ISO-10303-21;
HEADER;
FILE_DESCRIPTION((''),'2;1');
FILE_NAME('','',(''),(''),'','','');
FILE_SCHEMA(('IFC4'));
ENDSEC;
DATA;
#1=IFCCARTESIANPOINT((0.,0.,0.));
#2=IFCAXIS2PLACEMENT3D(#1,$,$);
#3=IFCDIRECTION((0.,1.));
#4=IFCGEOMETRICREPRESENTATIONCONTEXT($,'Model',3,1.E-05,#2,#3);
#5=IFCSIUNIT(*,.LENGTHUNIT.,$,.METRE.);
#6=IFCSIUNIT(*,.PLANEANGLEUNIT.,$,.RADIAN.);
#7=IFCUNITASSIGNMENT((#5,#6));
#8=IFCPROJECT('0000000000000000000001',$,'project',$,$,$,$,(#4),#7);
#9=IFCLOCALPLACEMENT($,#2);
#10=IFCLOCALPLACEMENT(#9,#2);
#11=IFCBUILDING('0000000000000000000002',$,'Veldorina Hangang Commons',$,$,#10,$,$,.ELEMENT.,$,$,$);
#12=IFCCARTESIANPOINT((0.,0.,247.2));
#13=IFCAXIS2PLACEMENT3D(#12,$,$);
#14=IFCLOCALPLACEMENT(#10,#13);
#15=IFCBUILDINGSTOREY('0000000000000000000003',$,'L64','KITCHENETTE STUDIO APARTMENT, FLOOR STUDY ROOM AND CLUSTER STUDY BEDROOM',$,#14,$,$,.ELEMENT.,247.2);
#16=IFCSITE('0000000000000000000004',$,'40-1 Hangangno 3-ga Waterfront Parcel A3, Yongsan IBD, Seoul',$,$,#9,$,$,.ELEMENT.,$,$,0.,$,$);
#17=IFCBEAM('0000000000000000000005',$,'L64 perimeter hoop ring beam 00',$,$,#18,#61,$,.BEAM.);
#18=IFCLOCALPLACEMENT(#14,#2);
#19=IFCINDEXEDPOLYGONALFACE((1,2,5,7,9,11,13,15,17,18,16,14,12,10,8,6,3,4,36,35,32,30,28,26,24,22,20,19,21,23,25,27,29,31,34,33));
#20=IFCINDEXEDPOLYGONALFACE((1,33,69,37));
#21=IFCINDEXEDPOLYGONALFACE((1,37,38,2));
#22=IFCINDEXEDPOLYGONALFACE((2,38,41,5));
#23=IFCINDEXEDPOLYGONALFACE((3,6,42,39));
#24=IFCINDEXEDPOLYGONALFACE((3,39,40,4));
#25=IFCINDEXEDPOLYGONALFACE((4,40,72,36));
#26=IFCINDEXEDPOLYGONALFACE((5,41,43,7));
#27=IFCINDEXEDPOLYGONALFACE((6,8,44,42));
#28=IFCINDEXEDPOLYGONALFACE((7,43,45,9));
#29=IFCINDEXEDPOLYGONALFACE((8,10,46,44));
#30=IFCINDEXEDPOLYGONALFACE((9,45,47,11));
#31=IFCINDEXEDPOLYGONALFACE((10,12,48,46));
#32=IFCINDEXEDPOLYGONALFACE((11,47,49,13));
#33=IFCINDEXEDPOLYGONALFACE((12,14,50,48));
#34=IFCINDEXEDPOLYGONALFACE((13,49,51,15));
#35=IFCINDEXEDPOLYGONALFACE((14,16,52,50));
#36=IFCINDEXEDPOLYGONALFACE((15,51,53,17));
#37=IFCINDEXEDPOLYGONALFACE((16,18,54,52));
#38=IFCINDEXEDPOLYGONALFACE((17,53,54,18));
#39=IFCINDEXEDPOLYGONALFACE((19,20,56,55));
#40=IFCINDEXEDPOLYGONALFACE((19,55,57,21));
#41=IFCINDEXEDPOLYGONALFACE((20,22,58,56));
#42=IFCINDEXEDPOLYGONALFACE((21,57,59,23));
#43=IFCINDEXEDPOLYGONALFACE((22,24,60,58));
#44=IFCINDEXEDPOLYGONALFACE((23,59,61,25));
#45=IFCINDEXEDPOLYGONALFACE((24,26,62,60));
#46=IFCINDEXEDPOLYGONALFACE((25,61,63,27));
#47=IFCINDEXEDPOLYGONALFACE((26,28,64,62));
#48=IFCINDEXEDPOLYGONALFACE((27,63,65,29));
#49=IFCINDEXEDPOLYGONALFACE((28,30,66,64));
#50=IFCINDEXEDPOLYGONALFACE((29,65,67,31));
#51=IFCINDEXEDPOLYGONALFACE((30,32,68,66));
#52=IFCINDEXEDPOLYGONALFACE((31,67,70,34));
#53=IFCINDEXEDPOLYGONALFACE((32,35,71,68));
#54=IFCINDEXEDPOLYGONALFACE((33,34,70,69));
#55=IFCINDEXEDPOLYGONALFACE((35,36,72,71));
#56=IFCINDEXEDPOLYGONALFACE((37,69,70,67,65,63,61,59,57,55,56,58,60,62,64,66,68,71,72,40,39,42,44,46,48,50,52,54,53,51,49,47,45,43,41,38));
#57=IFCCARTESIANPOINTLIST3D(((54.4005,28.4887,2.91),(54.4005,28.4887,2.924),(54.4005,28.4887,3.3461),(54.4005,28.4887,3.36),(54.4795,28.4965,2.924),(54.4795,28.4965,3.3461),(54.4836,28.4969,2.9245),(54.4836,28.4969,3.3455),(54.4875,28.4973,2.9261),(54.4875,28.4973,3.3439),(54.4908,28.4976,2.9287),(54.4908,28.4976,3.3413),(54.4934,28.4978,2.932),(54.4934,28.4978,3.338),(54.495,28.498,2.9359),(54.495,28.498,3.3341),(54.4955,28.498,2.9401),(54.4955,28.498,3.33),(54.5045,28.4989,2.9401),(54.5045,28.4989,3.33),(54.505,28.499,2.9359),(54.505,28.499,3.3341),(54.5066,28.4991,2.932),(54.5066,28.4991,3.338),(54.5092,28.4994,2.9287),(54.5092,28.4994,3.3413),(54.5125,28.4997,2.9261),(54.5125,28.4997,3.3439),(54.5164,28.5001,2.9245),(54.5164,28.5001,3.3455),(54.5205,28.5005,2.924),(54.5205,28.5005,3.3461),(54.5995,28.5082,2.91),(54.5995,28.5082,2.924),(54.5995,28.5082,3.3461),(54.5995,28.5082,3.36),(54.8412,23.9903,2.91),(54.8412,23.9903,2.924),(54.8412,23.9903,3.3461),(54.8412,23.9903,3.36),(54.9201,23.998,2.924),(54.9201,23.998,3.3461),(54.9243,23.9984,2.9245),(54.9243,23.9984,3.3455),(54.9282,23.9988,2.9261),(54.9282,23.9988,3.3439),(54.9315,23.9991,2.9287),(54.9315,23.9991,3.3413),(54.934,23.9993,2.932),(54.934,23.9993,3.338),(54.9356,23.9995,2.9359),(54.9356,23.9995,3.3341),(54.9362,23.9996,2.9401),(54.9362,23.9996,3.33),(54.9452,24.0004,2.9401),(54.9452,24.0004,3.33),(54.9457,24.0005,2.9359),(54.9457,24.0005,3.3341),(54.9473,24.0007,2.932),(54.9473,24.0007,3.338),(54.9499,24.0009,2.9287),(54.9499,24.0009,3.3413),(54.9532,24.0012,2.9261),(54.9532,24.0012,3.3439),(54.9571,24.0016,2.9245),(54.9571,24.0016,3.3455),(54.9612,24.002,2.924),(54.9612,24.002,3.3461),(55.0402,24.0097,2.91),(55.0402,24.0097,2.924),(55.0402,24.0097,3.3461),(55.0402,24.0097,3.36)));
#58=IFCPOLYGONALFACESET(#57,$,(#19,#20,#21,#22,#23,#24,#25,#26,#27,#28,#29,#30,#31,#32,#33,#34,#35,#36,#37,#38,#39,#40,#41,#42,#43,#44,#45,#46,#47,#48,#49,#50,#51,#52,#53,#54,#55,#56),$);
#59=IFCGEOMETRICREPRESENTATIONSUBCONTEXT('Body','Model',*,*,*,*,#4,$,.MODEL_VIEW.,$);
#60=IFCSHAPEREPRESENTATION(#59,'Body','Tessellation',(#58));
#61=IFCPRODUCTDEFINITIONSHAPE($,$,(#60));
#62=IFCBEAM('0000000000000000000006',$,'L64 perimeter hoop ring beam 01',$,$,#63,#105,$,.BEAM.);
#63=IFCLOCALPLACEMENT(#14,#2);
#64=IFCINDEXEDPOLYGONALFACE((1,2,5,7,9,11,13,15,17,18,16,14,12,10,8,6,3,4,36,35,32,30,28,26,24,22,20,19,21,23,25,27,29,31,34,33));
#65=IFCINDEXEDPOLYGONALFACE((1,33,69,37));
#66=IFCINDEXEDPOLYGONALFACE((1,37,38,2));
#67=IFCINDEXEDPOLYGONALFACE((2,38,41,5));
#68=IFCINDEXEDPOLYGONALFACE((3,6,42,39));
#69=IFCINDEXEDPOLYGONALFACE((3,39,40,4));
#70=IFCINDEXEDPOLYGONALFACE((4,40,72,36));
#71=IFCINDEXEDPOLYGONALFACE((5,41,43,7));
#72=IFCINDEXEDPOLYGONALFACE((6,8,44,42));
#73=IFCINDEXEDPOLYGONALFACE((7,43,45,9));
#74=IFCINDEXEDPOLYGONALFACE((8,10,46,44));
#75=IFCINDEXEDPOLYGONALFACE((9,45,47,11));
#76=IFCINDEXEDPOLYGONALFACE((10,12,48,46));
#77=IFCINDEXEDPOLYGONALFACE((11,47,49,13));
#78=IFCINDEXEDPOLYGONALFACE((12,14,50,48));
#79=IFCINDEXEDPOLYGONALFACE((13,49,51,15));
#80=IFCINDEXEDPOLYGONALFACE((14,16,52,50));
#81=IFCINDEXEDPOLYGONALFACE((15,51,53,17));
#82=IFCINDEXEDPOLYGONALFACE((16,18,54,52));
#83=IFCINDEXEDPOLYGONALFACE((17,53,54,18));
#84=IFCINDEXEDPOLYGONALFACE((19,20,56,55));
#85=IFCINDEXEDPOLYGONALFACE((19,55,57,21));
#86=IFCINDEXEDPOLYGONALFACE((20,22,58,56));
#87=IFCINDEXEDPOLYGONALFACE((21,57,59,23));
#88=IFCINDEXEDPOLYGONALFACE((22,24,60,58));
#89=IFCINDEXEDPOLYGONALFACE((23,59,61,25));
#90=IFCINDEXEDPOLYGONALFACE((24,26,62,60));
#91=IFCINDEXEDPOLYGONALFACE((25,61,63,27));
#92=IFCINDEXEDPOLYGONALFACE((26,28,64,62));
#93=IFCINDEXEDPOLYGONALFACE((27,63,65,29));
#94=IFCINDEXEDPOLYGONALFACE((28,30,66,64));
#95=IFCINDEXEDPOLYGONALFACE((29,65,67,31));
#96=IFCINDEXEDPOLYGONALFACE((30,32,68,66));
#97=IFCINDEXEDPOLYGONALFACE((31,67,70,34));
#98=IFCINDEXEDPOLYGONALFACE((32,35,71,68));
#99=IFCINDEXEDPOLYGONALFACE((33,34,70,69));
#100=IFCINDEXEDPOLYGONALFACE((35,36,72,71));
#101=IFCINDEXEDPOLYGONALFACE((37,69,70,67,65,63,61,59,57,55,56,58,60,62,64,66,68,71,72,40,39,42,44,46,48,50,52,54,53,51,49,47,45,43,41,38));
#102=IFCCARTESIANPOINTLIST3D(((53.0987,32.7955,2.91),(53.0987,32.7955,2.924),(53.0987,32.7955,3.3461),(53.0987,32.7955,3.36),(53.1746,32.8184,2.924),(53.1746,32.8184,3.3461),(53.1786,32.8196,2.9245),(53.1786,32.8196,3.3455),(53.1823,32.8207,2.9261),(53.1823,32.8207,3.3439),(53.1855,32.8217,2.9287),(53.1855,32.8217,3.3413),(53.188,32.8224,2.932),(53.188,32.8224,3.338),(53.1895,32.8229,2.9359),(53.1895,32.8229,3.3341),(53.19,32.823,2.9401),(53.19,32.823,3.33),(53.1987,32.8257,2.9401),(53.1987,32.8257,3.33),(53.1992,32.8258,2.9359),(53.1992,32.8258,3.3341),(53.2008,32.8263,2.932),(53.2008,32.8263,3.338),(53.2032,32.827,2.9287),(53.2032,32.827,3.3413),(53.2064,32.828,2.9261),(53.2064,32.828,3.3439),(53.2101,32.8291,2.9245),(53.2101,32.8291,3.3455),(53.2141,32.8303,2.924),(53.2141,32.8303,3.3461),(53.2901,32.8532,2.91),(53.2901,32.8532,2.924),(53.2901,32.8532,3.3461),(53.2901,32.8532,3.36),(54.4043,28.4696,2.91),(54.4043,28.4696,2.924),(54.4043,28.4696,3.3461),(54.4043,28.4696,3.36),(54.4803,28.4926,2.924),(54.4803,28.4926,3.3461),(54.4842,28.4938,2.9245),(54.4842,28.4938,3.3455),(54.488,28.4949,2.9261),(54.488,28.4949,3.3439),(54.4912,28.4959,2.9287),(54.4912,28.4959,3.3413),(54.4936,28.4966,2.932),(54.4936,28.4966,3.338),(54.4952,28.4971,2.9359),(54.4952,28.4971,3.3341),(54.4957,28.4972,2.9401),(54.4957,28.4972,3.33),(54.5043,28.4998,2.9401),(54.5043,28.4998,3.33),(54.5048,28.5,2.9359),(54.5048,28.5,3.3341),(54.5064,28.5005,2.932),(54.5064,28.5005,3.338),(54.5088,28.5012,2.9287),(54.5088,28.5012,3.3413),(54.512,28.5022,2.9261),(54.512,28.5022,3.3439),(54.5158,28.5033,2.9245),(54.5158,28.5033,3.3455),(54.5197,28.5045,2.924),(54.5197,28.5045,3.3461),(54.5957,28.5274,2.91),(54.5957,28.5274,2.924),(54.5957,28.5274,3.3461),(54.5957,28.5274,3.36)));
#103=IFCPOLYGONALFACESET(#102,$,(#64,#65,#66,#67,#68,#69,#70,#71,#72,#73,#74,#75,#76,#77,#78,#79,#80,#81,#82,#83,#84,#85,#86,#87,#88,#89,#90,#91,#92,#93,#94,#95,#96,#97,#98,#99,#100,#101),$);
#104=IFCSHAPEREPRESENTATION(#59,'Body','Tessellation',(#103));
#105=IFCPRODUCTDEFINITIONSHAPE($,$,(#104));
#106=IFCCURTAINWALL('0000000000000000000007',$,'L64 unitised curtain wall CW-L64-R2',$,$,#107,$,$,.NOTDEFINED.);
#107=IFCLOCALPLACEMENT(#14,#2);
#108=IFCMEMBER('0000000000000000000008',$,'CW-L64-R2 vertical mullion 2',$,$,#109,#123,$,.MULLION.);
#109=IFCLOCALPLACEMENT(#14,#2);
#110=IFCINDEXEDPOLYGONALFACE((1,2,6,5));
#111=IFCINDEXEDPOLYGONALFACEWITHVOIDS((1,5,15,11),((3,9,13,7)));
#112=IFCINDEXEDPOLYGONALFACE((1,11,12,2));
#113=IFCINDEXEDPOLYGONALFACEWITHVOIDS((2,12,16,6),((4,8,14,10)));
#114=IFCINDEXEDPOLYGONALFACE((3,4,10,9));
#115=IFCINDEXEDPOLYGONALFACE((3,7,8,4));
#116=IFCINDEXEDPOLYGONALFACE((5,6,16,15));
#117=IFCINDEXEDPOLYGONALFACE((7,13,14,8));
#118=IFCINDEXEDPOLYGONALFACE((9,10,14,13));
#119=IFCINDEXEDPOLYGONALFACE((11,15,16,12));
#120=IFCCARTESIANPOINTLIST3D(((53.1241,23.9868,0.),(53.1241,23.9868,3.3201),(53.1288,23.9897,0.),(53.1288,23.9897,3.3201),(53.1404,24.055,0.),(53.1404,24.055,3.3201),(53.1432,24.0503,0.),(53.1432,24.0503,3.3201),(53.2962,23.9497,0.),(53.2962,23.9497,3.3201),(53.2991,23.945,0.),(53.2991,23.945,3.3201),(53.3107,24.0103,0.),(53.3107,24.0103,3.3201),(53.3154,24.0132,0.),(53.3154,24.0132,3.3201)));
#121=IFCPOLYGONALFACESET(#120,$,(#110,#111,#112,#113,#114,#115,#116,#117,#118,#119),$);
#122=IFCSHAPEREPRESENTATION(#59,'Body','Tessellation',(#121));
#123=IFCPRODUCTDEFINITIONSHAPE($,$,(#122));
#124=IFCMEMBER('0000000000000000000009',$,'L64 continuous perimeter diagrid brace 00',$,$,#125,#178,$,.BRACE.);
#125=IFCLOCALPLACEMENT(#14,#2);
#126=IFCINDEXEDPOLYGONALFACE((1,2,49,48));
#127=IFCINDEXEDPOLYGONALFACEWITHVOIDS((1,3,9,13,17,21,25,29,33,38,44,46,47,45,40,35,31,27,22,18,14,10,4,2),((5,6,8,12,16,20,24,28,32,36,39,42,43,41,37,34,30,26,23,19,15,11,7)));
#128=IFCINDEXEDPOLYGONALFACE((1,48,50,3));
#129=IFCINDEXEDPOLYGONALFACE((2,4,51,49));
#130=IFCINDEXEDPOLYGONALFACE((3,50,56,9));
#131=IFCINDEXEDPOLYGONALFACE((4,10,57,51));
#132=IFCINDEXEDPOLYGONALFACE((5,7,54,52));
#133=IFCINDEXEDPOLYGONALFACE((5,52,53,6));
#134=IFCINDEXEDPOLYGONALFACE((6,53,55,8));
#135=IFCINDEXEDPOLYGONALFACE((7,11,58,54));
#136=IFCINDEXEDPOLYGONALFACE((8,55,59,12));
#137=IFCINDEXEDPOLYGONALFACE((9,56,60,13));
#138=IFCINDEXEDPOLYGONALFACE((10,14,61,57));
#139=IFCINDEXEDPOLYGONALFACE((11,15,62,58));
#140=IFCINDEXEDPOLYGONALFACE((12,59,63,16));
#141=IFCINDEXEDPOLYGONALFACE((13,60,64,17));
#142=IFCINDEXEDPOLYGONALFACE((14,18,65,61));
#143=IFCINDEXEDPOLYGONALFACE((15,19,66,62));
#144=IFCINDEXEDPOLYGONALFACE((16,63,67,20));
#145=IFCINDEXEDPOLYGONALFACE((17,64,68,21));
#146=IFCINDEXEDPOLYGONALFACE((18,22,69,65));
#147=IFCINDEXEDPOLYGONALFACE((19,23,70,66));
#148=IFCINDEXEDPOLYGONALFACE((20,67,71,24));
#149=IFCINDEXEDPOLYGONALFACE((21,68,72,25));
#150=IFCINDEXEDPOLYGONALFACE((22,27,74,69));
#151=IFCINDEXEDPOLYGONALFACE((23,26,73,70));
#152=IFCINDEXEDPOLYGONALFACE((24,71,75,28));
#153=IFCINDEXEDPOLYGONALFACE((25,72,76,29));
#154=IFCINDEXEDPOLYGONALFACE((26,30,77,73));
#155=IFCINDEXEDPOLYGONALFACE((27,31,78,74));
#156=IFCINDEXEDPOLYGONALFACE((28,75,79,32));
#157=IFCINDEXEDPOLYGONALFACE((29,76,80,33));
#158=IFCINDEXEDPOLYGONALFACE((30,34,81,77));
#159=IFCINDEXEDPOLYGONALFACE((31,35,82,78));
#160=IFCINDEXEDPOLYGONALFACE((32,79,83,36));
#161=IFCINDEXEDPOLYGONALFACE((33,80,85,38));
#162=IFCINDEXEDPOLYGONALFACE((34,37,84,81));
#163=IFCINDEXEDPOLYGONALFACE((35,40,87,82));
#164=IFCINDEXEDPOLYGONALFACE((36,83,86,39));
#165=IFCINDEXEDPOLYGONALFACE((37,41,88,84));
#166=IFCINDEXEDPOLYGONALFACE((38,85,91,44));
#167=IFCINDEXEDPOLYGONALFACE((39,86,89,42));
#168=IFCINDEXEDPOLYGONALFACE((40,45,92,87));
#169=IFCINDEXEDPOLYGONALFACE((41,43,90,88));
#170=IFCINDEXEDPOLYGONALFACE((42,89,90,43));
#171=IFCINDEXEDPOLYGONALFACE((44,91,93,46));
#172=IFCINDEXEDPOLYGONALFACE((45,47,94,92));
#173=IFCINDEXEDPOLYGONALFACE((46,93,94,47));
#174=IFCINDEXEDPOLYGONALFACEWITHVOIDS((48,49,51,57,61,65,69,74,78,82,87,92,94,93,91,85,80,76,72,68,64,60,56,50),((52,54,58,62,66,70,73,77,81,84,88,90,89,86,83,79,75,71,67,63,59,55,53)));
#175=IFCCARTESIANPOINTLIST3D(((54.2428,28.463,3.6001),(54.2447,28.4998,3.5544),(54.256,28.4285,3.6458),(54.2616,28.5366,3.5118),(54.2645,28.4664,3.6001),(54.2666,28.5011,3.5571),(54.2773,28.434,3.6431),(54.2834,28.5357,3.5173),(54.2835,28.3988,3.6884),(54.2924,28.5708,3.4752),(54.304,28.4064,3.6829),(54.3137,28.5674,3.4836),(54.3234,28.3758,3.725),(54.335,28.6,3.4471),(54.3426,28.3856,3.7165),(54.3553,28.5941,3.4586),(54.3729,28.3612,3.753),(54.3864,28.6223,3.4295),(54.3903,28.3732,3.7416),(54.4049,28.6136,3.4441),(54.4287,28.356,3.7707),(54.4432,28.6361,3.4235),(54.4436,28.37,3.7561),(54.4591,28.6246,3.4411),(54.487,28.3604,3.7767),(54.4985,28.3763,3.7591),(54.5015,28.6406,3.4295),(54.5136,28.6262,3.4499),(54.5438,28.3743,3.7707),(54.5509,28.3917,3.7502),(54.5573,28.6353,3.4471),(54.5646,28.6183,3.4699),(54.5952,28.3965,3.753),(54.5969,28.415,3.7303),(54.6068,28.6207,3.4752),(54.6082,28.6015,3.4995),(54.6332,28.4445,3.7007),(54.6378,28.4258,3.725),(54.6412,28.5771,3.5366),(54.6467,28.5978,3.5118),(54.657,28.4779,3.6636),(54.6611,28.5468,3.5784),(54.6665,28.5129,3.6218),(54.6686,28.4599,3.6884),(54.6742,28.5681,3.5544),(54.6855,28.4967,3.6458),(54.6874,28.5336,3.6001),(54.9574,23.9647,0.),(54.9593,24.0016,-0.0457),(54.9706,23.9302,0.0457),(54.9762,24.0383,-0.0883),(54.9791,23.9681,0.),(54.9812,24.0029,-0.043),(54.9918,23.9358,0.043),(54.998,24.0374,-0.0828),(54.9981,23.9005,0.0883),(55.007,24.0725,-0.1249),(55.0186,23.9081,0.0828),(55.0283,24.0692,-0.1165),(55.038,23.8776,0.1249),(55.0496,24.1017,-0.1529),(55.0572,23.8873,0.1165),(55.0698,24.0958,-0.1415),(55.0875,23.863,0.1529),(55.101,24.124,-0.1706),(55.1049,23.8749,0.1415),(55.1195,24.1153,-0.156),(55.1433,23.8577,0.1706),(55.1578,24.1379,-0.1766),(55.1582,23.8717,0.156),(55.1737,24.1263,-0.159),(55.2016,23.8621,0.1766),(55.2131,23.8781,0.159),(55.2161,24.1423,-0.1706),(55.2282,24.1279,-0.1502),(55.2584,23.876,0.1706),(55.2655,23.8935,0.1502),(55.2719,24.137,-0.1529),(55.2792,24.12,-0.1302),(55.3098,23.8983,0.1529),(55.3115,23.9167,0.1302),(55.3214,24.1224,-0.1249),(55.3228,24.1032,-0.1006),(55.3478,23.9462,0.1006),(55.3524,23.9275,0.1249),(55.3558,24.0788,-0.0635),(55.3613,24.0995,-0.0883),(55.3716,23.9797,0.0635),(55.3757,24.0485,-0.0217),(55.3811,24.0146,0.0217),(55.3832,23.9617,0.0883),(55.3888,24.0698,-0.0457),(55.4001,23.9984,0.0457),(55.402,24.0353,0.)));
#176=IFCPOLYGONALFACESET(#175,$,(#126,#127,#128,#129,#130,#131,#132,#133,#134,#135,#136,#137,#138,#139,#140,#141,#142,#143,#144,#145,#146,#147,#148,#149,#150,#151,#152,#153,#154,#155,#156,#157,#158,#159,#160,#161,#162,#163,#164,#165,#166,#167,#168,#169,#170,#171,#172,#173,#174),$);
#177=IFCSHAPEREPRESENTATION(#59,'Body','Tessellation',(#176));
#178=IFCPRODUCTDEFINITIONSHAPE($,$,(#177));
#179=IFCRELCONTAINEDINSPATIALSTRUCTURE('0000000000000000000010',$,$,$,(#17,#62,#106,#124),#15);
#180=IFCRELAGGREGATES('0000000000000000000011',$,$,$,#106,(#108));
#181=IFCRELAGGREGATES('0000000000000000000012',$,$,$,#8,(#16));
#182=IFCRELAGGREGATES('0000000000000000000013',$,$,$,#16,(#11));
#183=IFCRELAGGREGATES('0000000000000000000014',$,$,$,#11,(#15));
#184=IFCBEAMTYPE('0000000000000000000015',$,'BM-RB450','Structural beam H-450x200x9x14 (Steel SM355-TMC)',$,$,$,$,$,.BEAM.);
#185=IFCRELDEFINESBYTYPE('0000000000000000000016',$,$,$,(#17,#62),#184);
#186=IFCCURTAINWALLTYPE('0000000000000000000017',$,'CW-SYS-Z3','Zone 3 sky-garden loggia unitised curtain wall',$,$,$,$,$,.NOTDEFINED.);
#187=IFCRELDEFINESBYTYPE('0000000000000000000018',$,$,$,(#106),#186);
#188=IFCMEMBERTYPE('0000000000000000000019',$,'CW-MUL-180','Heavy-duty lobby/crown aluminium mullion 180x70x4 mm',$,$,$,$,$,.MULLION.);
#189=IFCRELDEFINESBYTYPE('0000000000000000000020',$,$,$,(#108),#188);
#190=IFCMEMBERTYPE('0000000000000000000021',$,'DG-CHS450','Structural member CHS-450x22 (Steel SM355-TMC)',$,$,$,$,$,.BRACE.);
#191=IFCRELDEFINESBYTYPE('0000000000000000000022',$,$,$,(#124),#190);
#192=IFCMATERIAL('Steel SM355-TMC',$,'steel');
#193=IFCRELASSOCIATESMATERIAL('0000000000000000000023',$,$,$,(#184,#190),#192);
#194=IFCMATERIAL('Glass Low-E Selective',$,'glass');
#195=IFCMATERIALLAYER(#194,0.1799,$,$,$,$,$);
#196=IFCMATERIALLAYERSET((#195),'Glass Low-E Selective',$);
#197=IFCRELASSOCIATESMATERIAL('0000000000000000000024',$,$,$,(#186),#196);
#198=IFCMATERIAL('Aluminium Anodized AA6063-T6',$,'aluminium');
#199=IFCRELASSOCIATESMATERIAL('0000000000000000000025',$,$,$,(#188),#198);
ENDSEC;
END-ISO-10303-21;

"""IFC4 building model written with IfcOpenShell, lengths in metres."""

from ifc_helpers import new_model, si_unit, direction, frame, origin, origin_2d, place, context, subcontext, project, spatial, hollow_rectangle, hollow_circle, i_section, extrude, material, layer, layer_set, material_profile, profile_set, type_object, element, aggregate, save


model = new_model("IFC4")

# Units and contexts
model_context = context("Model", 3, precision=1e-05, world=origin(), true_north=direction((0.0, 1.0)))
body_context = subcontext(model_context, "Body", "Model", "MODEL_VIEW")
ifc_project = project(units=[si_unit("LENGTHUNIT", "METRE"), si_unit("PLANEANGLEUNIT", "RADIAN")], contexts=[model_context])

# Site, building, storey
site_placement = place(None, origin())
site = spatial("IfcSite", under=ifc_project, at=site_placement, Name="40-1 Hangangno 3-ga Waterfront Parcel A3, Yongsan IBD, Seoul", CompositionType="ELEMENT", RefElevation=0.0)
building_placement = place(site_placement, origin())
building = spatial("IfcBuilding", under=site, at=building_placement, Name="Veldorina Hangang Commons", CompositionType="ELEMENT")
storey_placement = place(building_placement, frame((0.0, 0.0, 247.2)))
storey = spatial("IfcBuildingStorey", under=building, at=storey_placement, Name="L64", Description="KITCHENETTE STUDIO APARTMENT, FLOOR STUDY ROOM AND CLUSTER STUDY BEDROOM", CompositionType="ELEMENT", Elevation=247.2)

# Beams
ifc_material_1 = material(Name="Steel SM355-TMC", Category="steel")
ifc_material_profile_1 = material_profile(ifc_material_1, i_section(OverallWidth=0.2, OverallDepth=0.45, WebThickness=0.009, FlangeThickness=0.0139, FilletRadius=0.0161, at=origin_2d()), Name="H-450x200x9x14")
ifc_profile_set_1 = profile_set([ifc_material_profile_1], Name="Steel SM355-TMC")
beam_type = type_object("IfcBeamType", Name="BM-RB450", Description="Structural beam H-450x200x9x14 (Steel SM355-TMC)", PredefinedType="BEAM", material=ifc_profile_set_1)
beam_1_placement = place(storey_placement, frame((54.9407, 24.0, 3.135), z_axis=(-0.097493, 0.995236, 0.0), x_axis=(-0.995236, -0.097493, 0.0)))
element("IfcBeam", 1, at=beam_1_placement, inside=storey, type_object=beam_type, Name="L64 perimeter hoop ring beam 00", PredefinedType="BEAM", context=body_context, shape_type="SweptSolid", body=[
    extrude(i_section(OverallWidth=0.2, OverallDepth=0.45, WebThickness=0.009, FlangeThickness=0.0139, FilletRadius=0.0161, at=origin_2d()), origin(), (0.0, 0.0, 1.0), 4.52),
])
beam_2_placement = place(storey_placement, frame((54.5, 28.4985, 3.135), z_axis=(-0.288949, 0.957345, 0.0), x_axis=(-0.957345, -0.288949, 0.0)))
element("IfcBeam", 2, at=beam_2_placement, inside=storey, type_object=beam_type, Name="L64 perimeter hoop ring beam 01", PredefinedType="BEAM", context=body_context, shape_type="SweptSolid", body=[
    extrude(i_section(OverallWidth=0.2, OverallDepth=0.45, WebThickness=0.009, FlangeThickness=0.0139, FilletRadius=0.0161, at=origin_2d()), origin(), (0.0, 0.0, 1.0), 4.5186),
])

# Curtain wall, member
ifc_material_2 = material(Name="Glass Low-E Selective", Category="glass")
ifc_layer_1 = layer(ifc_material_2, 0.1799)
ifc_layer_set_1 = layer_set([ifc_layer_1], Name="Glass Low-E Selective")
curtain_wall_type = type_object("IfcCurtainWallType", Name="CW-SYS-Z3", Description="Zone 3 sky-garden loggia unitised curtain wall", PredefinedType="NOTDEFINED", material=ifc_layer_set_1)
curtain_wall_placement = place(storey_placement, origin())
curtain_wall = element("IfcCurtainWall", 3, at=curtain_wall_placement, inside=storey, type_object=curtain_wall_type, Name="L64 unitised curtain wall CW-L64-R2", PredefinedType="NOTDEFINED")
ifc_material_3 = material(Name="Aluminium Anodized AA6063-T6", Category="aluminium")
ifc_material_profile_2 = material_profile(ifc_material_3, hollow_rectangle(XDim=0.0701, YDim=0.1799, WallThickness=0.0039, at=origin_2d()), Name="ALU-RHS-180x70x4")
ifc_profile_set_2 = profile_set([ifc_material_profile_2], Name="Aluminium Anodized AA6063-T6")
member_type_1 = type_object("IfcMemberType", Name="CW-MUL-180", Description="Heavy-duty lobby/crown aluminium mullion 180x70x4 mm", PredefinedType="MULLION", material=ifc_profile_set_2)
member_1_placement = place(storey_placement, frame((53.2197, 24.0, 0.0), z_axis=(0.0, 0.0, 1.0), x_axis=(-0.232189, -0.972671, 0.0)))
member_1 = element("IfcMember", 4, at=member_1_placement, type_object=member_type_1, Name="CW-L64-R2 vertical mullion 2", PredefinedType="MULLION", context=body_context, shape_type="SweptSolid", body=[
    extrude(hollow_rectangle(XDim=0.0701, YDim=0.1799, WallThickness=0.0039, at=origin_2d()), origin(), (0.0, 0.0, 1.0), 3.3201),
])
aggregate(curtain_wall, [member_1])

# Member
ifc_material_profile_3 = material_profile(ifc_material_1, hollow_circle(Radius=0.2251, WallThickness=0.022, at=origin_2d()), Name="CHS-450x22")
ifc_profile_set_3 = profile_set([ifc_material_profile_3], Name="Steel SM355-TMC")
member_type_2 = type_object("IfcMemberType", Name="DG-CHS450", Description="Structural member CHS-450x22 (Steel SM355-TMC)", PredefinedType="BRACE", material=ifc_profile_set_3)
member_2_placement = place(storey_placement, frame((55.1797, 24.0, 0.0), z_axis=(-0.123086, 0.774808, 0.620099), x_axis=(-0.987616, -0.156893, 0.0)))
element("IfcMember", 5, at=member_2_placement, inside=storey, type_object=member_type_2, Name="L64 continuous perimeter diagrid brace 00", PredefinedType="BRACE", context=body_context, shape_type="SweptSolid", body=[
    extrude(hollow_circle(Radius=0.2251, WallThickness=0.022, at=origin_2d()), origin(), (0.0, 0.0, 1.0), 5.8057),
])

save(model, "model.ifc")
